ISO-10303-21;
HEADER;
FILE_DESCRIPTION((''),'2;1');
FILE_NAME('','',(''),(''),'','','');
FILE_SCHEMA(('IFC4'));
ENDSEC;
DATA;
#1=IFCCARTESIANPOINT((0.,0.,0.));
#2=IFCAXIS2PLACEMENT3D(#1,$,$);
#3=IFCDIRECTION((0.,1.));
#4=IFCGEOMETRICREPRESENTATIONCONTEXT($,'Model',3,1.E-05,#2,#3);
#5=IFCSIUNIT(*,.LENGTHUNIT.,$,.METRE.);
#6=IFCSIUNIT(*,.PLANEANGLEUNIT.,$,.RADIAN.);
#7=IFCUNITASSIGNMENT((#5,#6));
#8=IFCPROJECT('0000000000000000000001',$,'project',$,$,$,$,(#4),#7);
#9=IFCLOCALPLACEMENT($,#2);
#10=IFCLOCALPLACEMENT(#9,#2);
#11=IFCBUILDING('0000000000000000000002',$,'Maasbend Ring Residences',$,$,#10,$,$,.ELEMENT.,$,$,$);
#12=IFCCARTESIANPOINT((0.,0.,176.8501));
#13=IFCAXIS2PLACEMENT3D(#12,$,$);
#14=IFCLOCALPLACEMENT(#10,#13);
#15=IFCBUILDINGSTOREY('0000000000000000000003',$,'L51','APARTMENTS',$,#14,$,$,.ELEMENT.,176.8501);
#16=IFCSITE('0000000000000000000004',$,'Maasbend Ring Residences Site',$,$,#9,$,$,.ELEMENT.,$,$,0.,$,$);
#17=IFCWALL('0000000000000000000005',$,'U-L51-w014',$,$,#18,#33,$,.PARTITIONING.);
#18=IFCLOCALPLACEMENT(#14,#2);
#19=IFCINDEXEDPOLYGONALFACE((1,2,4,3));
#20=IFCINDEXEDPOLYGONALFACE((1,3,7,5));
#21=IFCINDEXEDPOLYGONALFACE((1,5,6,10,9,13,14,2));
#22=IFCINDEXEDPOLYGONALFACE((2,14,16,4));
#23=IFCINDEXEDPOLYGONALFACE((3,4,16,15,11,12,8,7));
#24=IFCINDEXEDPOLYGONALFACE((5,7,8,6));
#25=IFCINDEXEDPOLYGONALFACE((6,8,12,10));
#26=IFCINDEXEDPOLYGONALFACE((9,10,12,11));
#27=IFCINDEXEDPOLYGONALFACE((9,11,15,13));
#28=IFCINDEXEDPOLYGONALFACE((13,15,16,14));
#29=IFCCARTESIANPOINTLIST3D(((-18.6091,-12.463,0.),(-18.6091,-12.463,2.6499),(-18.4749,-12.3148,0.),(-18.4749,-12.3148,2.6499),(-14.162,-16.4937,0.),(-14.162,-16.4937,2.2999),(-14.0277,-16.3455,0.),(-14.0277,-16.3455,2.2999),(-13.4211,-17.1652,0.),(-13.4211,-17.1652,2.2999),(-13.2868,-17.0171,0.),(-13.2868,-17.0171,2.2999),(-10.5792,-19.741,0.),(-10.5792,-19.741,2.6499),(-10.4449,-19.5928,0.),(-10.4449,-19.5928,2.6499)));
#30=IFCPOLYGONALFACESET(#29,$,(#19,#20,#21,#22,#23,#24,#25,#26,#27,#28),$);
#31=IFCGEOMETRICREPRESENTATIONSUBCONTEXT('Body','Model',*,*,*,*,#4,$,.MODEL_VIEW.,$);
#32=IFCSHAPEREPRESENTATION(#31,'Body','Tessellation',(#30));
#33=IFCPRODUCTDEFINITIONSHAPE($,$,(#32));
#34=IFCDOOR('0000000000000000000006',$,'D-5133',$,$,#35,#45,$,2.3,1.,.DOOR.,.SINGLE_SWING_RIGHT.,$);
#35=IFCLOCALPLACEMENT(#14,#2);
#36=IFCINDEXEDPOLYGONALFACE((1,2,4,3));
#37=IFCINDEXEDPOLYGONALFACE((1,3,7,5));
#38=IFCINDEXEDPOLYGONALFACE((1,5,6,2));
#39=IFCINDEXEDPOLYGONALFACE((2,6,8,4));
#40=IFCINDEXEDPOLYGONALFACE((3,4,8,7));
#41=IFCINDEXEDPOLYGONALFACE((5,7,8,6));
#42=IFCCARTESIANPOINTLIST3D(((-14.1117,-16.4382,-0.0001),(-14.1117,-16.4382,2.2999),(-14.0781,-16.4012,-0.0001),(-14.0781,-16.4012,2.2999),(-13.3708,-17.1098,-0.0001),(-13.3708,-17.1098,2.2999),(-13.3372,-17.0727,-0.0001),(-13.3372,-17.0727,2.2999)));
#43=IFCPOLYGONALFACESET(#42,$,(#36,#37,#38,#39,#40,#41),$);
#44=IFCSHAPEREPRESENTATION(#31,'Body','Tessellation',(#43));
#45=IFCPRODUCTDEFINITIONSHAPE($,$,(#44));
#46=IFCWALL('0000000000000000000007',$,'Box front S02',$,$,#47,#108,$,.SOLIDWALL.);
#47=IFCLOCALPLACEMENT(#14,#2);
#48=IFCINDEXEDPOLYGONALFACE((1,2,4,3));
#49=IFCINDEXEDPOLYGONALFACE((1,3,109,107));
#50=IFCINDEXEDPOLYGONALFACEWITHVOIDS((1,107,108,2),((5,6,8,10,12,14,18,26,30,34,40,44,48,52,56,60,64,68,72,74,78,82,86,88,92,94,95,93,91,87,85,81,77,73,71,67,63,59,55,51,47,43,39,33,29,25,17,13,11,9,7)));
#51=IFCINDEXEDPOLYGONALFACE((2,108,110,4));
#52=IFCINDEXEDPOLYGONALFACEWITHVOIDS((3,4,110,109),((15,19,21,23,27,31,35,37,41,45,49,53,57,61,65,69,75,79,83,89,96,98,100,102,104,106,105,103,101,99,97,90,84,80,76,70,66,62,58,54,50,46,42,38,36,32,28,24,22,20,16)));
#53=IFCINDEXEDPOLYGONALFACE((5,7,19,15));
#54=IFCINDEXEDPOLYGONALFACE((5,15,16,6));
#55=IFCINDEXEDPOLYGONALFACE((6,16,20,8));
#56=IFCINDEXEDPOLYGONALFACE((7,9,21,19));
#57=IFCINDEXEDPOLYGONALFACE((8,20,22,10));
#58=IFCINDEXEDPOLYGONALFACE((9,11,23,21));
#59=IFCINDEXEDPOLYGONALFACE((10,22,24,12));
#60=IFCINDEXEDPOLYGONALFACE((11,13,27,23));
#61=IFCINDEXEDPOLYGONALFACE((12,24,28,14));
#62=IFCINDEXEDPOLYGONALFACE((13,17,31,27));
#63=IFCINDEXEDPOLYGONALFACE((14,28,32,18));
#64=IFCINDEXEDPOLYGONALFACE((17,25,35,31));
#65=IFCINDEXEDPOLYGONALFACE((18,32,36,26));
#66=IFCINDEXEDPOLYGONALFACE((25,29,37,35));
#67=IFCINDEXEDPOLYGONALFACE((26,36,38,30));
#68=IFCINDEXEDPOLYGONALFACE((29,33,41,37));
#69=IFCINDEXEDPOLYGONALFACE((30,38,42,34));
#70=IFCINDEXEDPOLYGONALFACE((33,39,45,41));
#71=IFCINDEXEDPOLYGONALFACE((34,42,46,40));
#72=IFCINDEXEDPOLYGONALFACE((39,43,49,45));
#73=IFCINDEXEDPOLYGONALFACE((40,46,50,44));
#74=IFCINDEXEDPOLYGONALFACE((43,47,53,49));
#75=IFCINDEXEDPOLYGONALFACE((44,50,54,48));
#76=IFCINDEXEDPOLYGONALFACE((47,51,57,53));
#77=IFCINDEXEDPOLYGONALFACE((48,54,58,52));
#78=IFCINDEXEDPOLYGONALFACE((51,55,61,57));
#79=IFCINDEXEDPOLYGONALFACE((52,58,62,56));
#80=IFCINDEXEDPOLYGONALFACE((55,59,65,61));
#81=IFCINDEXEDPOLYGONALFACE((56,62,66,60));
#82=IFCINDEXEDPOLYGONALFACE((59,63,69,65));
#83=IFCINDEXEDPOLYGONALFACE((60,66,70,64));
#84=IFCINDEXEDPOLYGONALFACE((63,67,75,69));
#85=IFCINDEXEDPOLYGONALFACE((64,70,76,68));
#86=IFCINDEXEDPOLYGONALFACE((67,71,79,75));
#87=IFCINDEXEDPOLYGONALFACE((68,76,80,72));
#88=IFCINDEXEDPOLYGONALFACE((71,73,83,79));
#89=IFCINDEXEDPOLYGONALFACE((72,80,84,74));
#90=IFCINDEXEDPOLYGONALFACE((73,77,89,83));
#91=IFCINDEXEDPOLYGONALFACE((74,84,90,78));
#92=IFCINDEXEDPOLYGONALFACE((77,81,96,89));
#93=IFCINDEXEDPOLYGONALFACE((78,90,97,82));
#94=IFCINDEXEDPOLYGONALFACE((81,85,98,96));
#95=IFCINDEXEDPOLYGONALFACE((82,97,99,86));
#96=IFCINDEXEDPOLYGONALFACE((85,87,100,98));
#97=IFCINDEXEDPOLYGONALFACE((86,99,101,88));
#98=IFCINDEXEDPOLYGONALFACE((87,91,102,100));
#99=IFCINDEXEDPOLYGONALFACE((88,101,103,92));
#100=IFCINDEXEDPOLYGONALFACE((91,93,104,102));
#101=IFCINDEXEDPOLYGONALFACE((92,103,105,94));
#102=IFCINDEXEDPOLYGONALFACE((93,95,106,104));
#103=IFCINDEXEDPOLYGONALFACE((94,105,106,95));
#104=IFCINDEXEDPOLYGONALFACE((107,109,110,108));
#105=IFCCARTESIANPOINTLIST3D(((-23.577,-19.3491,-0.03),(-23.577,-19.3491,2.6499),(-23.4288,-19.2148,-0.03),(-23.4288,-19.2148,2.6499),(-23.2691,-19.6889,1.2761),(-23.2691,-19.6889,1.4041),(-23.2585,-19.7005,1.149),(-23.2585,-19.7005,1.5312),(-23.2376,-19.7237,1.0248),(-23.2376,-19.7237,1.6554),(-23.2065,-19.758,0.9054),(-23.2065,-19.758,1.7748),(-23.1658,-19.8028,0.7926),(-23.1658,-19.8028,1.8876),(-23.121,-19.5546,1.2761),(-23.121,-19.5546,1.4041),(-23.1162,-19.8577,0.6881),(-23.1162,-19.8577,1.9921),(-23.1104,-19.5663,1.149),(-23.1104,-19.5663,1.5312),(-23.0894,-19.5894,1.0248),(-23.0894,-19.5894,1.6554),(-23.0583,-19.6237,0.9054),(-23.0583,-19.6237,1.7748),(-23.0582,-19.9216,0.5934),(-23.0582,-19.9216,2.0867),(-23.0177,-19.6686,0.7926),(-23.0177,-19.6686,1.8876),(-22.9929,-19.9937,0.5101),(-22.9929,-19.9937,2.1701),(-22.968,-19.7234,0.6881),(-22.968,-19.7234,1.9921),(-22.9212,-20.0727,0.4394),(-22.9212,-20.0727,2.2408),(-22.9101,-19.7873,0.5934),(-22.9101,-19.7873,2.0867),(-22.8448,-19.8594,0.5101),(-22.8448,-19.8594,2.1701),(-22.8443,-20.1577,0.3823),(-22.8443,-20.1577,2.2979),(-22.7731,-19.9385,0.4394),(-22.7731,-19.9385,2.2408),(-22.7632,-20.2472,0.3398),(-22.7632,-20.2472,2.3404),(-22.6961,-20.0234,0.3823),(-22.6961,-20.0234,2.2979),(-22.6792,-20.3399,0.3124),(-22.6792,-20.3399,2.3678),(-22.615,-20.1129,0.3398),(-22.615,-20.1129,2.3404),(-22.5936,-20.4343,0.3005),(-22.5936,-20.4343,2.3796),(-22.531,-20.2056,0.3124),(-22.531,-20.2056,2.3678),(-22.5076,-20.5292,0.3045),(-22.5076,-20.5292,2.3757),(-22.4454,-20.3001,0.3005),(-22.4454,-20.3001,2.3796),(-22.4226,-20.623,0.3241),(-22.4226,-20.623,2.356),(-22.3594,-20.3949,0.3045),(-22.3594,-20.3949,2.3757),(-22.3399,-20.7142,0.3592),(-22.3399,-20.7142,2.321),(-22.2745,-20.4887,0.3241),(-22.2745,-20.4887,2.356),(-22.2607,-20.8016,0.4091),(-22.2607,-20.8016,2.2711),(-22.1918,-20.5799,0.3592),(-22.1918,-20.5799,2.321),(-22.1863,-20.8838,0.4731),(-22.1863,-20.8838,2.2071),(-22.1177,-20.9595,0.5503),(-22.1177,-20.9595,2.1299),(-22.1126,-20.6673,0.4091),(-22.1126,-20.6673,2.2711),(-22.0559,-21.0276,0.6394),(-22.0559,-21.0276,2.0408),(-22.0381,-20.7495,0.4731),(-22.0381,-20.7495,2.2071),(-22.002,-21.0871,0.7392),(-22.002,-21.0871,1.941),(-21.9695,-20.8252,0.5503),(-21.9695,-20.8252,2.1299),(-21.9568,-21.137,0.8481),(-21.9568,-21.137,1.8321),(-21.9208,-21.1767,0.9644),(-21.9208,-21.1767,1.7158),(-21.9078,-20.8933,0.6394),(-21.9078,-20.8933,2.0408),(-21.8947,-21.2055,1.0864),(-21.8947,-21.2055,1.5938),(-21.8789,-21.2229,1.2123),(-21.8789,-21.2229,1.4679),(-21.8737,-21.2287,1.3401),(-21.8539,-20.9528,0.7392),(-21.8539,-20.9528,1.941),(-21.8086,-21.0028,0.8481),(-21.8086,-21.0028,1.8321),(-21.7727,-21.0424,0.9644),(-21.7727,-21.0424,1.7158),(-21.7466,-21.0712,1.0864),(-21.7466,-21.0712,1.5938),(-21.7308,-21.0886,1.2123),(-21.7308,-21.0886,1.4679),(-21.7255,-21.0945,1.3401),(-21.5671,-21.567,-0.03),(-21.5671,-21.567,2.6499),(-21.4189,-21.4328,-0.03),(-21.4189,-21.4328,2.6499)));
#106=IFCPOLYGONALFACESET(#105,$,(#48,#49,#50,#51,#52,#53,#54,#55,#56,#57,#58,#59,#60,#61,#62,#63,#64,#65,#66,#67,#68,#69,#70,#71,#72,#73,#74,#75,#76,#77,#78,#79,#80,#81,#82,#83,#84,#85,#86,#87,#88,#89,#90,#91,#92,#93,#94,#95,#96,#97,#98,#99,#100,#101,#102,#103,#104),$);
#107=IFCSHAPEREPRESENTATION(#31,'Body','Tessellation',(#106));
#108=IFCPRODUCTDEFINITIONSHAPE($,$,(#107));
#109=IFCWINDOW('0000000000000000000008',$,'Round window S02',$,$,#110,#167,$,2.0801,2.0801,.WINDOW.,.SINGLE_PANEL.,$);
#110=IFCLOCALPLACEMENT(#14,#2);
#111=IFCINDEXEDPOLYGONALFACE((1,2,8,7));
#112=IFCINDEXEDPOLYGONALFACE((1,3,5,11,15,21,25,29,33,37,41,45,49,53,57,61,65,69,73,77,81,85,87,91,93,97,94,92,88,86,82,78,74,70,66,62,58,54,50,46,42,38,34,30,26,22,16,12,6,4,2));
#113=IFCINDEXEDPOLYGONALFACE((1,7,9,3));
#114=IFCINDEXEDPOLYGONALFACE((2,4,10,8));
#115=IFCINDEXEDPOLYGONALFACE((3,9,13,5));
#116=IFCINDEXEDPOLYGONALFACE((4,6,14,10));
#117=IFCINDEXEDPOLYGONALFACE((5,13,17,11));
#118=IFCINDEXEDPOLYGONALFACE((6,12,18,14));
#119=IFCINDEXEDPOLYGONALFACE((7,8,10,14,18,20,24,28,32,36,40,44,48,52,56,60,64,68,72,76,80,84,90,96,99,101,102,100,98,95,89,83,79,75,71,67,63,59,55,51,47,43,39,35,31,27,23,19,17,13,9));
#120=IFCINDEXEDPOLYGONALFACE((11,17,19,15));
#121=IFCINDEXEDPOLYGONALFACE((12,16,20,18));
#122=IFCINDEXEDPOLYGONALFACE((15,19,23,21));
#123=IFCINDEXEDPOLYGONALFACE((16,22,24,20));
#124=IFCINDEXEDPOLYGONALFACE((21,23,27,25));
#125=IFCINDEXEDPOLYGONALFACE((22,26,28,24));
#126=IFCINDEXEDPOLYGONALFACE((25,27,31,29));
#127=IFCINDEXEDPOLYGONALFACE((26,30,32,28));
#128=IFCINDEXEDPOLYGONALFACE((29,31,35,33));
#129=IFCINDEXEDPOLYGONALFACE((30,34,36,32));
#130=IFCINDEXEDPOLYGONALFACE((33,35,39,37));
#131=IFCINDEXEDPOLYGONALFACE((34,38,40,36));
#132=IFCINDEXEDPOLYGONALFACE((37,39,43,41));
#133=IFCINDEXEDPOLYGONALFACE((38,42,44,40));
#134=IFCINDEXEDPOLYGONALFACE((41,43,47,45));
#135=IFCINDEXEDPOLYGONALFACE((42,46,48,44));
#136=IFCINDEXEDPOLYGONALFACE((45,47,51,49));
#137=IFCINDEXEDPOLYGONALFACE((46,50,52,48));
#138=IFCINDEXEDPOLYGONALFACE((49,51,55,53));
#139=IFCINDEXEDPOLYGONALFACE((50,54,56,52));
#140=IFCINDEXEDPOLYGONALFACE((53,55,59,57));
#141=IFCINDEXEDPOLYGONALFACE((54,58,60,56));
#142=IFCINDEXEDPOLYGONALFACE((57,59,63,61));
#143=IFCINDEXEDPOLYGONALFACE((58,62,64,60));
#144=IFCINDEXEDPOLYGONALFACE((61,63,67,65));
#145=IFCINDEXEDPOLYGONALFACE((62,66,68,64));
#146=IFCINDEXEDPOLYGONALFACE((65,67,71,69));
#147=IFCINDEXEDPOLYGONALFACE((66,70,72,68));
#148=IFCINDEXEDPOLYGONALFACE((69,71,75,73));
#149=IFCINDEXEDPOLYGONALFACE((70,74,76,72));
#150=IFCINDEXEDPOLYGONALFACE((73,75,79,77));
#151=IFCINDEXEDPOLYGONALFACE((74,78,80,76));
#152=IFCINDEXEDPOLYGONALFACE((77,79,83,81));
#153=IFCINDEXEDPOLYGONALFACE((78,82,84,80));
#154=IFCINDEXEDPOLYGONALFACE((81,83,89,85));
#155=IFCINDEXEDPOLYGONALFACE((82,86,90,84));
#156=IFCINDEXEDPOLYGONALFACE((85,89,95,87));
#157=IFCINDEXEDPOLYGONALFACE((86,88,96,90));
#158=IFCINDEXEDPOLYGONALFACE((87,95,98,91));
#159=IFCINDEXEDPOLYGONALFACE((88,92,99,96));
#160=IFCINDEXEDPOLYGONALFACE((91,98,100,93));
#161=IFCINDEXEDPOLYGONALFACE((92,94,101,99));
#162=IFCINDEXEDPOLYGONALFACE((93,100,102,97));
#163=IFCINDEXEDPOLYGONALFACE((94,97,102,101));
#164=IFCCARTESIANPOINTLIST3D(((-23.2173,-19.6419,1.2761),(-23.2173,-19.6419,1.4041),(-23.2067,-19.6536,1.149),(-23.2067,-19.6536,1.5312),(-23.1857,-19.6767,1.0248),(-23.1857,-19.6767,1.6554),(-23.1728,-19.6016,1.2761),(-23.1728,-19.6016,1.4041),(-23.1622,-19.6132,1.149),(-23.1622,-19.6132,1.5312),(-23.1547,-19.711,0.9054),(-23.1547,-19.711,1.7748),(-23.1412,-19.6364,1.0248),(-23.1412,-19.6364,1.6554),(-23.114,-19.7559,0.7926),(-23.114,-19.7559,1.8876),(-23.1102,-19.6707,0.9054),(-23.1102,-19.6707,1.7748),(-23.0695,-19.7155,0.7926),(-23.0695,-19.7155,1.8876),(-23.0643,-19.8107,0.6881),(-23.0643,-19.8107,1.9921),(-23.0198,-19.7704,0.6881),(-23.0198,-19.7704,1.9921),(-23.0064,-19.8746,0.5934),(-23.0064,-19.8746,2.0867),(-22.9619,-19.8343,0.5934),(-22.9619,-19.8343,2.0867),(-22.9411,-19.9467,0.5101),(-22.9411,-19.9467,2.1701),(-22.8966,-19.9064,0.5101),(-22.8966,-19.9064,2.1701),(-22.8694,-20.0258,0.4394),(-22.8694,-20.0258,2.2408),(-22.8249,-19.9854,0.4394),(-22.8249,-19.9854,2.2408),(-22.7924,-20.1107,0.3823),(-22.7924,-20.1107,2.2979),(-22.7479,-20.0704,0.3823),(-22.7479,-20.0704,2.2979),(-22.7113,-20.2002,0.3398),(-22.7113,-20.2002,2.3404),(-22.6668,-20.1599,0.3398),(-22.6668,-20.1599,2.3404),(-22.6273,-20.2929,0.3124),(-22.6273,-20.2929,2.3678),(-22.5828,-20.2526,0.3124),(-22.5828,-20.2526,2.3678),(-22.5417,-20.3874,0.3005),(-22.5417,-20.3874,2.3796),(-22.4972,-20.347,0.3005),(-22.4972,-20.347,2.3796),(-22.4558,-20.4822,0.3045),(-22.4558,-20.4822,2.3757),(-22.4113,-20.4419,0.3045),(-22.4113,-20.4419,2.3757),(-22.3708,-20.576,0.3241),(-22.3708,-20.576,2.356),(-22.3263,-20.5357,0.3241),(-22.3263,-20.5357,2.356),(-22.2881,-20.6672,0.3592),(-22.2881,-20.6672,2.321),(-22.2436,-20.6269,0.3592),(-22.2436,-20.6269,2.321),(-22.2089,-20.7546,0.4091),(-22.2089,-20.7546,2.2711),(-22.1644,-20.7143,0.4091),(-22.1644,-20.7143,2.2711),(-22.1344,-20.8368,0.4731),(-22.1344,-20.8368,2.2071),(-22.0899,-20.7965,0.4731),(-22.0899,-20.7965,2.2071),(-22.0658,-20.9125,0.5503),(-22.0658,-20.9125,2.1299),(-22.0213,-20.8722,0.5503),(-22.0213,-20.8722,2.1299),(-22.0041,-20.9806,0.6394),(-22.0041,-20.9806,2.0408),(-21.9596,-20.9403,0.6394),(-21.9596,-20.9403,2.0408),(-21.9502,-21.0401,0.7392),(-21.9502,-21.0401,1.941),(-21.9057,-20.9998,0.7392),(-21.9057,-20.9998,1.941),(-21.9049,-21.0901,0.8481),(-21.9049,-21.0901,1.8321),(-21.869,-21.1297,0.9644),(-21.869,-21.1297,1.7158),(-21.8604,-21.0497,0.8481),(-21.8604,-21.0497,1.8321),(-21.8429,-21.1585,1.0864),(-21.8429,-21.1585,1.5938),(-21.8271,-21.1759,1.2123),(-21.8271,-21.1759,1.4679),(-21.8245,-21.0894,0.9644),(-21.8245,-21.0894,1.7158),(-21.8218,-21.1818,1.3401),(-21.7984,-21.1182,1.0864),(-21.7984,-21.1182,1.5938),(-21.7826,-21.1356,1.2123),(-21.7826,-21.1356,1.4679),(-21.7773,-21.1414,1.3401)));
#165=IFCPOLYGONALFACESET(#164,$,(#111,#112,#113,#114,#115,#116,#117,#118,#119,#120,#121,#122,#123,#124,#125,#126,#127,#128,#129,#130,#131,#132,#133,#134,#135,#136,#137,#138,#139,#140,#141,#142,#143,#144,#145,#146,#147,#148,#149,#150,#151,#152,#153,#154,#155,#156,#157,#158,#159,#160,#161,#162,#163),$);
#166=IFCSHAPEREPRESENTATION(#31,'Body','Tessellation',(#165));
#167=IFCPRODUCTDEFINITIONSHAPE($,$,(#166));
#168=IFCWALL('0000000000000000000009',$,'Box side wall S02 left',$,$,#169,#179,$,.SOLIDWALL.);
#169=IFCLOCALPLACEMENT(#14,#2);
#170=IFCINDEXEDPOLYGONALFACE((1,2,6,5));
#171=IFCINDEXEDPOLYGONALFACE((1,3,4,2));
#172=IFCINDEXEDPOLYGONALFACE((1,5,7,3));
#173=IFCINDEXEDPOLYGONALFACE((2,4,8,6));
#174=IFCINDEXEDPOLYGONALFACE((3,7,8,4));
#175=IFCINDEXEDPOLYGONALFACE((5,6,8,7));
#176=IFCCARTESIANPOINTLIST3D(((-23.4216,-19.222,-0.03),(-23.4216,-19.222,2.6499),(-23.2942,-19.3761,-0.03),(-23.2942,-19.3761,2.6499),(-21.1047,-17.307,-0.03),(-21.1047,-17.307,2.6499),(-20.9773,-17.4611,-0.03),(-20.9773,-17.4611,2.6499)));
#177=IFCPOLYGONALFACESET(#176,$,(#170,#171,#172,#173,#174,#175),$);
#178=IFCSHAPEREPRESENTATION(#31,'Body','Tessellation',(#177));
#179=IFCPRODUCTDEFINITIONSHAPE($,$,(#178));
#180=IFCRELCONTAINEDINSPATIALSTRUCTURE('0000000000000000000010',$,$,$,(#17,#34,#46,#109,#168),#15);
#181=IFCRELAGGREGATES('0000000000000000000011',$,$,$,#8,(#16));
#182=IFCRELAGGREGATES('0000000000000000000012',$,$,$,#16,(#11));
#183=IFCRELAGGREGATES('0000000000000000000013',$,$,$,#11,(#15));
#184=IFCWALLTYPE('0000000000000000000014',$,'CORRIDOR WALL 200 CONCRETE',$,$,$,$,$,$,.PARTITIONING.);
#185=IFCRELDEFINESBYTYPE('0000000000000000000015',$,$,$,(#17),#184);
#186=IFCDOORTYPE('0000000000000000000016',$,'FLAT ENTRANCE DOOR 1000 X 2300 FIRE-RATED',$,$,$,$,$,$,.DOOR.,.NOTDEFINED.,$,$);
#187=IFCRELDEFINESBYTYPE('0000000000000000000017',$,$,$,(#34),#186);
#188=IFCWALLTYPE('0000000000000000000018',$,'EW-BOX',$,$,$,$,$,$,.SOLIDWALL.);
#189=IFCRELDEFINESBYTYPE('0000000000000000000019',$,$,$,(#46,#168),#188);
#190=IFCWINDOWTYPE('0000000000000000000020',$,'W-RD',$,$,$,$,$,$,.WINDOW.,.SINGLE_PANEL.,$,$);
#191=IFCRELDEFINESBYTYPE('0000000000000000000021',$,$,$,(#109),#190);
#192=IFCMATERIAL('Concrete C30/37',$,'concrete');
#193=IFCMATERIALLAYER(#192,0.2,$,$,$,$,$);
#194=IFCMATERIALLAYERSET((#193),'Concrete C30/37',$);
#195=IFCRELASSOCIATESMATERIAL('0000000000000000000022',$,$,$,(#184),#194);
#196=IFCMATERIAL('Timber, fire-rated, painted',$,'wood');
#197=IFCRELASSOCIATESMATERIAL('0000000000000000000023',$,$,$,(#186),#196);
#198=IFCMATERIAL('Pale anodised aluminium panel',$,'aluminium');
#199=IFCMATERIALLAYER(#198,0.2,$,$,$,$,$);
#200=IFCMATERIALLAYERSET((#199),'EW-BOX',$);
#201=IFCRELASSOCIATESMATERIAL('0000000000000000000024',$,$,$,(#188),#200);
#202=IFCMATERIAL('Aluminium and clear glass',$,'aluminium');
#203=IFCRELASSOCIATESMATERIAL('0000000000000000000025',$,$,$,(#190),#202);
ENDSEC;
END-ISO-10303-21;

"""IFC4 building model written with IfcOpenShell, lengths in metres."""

from ifc_helpers import new_model, si_unit, direction, frame, frame_2d, origin, place, context, subcontext, project, spatial, rectangle, circle, extrude, material, layer, layer_set, type_object, element, fill, save


model = new_model("IFC4")

# Units and contexts
model_context = context("Model", 3, precision=1e-05, world=origin(), true_north=direction((0.0, 1.0)))
body_context = subcontext(model_context, "Body", "Model", "MODEL_VIEW")
ifc_project = project(units=[si_unit("LENGTHUNIT", "METRE"), si_unit("PLANEANGLEUNIT", "RADIAN")], contexts=[model_context])

# Site, building, storey
site_placement = place(None, origin())
site = spatial("IfcSite", under=ifc_project, at=site_placement, Name="Maasbend Ring Residences Site", CompositionType="ELEMENT", RefElevation=0.0)
building_placement = place(site_placement, origin())
building = spatial("IfcBuilding", under=site, at=building_placement, Name="Maasbend Ring Residences", CompositionType="ELEMENT")
storey_placement = place(building_placement, frame((0.0, 0.0, 176.8501)))
storey = spatial("IfcBuildingStorey", under=building, at=storey_placement, Name="L51", Description="APARTMENTS", CompositionType="ELEMENT", Elevation=176.8501)

# Wall, opening, door
ifc_material_1 = material(Name="Concrete C30/37", Category="concrete")
ifc_layer_1 = layer(ifc_material_1, 0.2)
ifc_layer_set_1 = layer_set([ifc_layer_1], Name="Concrete C30/37")
wall_type_1 = type_object("IfcWallType", Name="CORRIDOR WALL 200 CONCRETE", PredefinedType="PARTITIONING", material=ifc_layer_set_1)
wall_1_placement = place(storey_placement, frame((-18.542, -12.3889, 0.0), z_axis=(0.0, 0.0, 1.0), x_axis=(0.740947, -0.671563, 0.0)))
wall_1 = element("IfcWall", 1, at=wall_1_placement, inside=storey, type_object=wall_type_1, Name="U-L51-w014", PredefinedType="PARTITIONING", context=body_context, shape_type="SweptSolid", body=[
    extrude(rectangle(XDim=10.8374, YDim=0.2, at=frame_2d((5.4187, 0.0))), origin(), (0.0, 0.0, 1.0), 2.6499),
])
opening_1_placement = place(wall_1_placement, frame((6.002, 0.0, 0.0)))
opening_1 = element("IfcOpeningElement", 2, at=opening_1_placement, cuts=wall_1, PredefinedType="OPENING", context=body_context, shape_type="SweptSolid", body=[
    extrude(rectangle(XDim=1.0, YDim=2.3, at=frame_2d((0.5, 1.1499))), frame((0.0, 0.1099, 0.0), z_axis=(0.0, -1.0, 0.0), x_axis=(1.0, 0.0, 0.0)), (0.0, 0.0, 1.0), 0.22),
])
ifc_material_2 = material(Name="Timber, fire-rated, painted", Category="wood")
door_type_1 = type_object("IfcDoorType", Name="FLAT ENTRANCE DOOR 1000 X 2300 FIRE-RATED", OperationType="NOTDEFINED", PredefinedType="DOOR", material=ifc_material_2)
door_1_placement = place(opening_1_placement, origin())
door_1 = element("IfcDoor", 3, at=door_1_placement, inside=storey, type_object=door_type_1, Name="D-5133", OperationType="SINGLE_SWING_RIGHT", OverallHeight=2.3, OverallWidth=1.0, PredefinedType="DOOR", context=body_context, shape_type="SweptSolid", body=[
    extrude(rectangle(XDim=1.0, YDim=2.3, at=frame_2d((0.5, 1.1499))), frame((0.0, 0.0249, 0.0), z_axis=(0.0, -1.0, 0.0), x_axis=(1.0, 0.0, 0.0)), (0.0, 0.0, 1.0), 0.05),
])
fill(opening_1, door_1)

# Wall, opening, window
ifc_material_3 = material(Name="Pale anodised aluminium panel", Category="aluminium")
ifc_layer_2 = layer(ifc_material_3, 0.2)
ifc_layer_set_2 = layer_set([ifc_layer_2], Name="EW-BOX")
wall_type_2 = type_object("IfcWallType", Name="EW-BOX", PredefinedType="SOLIDWALL", material=ifc_layer_set_2)
wall_2_placement = place(storey_placement, frame((-23.5029, -19.282, -0.03), z_axis=(0.0, 0.0, 1.0), x_axis=(0.671507, -0.740998, 0.0)))
wall_2 = element("IfcWall", 4, at=wall_2_placement, inside=storey, type_object=wall_type_2, Name="Box front S02", PredefinedType="SOLIDWALL", context=body_context, shape_type="SweptSolid", body=[
    extrude(rectangle(XDim=2.9932, YDim=0.2, at=frame_2d((1.4966, 0.0))), origin(), (0.0, 0.0, 1.0), 2.6799),
])
opening_2_placement = place(wall_2_placement, frame((0.4565, 0.0, 0.3301)))
opening_2 = element("IfcOpeningElement", 5, at=opening_2_placement, cuts=wall_2, PredefinedType="OPENING", context=body_context, shape_type="SweptSolid", body=[
    extrude(circle(Radius=1.04, at=frame_2d((1.04, 1.04))), frame((0.0, 0.1099, 0.0), z_axis=(0.0, -1.0, 0.0), x_axis=(1.0, 0.0, 0.0)), (0.0, 0.0, 1.0), 0.22),
])
ifc_material_4 = material(Name="Aluminium and clear glass", Category="aluminium")
window_type_1 = type_object("IfcWindowType", Name="W-RD", PartitioningType="SINGLE_PANEL", PredefinedType="WINDOW", material=ifc_material_4)
window_1_placement = place(opening_2_placement, origin())
window_1 = element("IfcWindow", 6, at=window_1_placement, inside=storey, type_object=window_type_1, Name="Round window S02", OverallHeight=2.0801, OverallWidth=2.0801, PartitioningType="SINGLE_PANEL", PredefinedType="WINDOW", context=body_context, shape_type="SweptSolid", body=[
    extrude(circle(Radius=1.04, at=frame_2d((1.04, 1.04))), frame((0.0, 0.03, 0.0), z_axis=(0.0, -1.0, 0.0), x_axis=(1.0, 0.0, 0.0)), (0.0, 0.0, 1.0), 0.0601),
])
fill(opening_2, window_1)

# Wall
wall_3_placement = place(storey_placement, frame((-21.041, -17.384, -0.03), z_axis=(0.0, 0.0, 1.0), x_axis=(-0.770785, -0.637096, 0.0)))
element("IfcWall", 7, at=wall_3_placement, inside=storey, type_object=wall_type_2, Name="Box side wall S02 left", PredefinedType="SOLIDWALL", context=body_context, shape_type="SweptSolid", body=[
    extrude(rectangle(XDim=3.0059, YDim=0.2, at=frame_2d((1.5029, 0.0))), origin(), (0.0, 0.0, 1.0), 2.6799),
])

save(model, "model.ifc")
